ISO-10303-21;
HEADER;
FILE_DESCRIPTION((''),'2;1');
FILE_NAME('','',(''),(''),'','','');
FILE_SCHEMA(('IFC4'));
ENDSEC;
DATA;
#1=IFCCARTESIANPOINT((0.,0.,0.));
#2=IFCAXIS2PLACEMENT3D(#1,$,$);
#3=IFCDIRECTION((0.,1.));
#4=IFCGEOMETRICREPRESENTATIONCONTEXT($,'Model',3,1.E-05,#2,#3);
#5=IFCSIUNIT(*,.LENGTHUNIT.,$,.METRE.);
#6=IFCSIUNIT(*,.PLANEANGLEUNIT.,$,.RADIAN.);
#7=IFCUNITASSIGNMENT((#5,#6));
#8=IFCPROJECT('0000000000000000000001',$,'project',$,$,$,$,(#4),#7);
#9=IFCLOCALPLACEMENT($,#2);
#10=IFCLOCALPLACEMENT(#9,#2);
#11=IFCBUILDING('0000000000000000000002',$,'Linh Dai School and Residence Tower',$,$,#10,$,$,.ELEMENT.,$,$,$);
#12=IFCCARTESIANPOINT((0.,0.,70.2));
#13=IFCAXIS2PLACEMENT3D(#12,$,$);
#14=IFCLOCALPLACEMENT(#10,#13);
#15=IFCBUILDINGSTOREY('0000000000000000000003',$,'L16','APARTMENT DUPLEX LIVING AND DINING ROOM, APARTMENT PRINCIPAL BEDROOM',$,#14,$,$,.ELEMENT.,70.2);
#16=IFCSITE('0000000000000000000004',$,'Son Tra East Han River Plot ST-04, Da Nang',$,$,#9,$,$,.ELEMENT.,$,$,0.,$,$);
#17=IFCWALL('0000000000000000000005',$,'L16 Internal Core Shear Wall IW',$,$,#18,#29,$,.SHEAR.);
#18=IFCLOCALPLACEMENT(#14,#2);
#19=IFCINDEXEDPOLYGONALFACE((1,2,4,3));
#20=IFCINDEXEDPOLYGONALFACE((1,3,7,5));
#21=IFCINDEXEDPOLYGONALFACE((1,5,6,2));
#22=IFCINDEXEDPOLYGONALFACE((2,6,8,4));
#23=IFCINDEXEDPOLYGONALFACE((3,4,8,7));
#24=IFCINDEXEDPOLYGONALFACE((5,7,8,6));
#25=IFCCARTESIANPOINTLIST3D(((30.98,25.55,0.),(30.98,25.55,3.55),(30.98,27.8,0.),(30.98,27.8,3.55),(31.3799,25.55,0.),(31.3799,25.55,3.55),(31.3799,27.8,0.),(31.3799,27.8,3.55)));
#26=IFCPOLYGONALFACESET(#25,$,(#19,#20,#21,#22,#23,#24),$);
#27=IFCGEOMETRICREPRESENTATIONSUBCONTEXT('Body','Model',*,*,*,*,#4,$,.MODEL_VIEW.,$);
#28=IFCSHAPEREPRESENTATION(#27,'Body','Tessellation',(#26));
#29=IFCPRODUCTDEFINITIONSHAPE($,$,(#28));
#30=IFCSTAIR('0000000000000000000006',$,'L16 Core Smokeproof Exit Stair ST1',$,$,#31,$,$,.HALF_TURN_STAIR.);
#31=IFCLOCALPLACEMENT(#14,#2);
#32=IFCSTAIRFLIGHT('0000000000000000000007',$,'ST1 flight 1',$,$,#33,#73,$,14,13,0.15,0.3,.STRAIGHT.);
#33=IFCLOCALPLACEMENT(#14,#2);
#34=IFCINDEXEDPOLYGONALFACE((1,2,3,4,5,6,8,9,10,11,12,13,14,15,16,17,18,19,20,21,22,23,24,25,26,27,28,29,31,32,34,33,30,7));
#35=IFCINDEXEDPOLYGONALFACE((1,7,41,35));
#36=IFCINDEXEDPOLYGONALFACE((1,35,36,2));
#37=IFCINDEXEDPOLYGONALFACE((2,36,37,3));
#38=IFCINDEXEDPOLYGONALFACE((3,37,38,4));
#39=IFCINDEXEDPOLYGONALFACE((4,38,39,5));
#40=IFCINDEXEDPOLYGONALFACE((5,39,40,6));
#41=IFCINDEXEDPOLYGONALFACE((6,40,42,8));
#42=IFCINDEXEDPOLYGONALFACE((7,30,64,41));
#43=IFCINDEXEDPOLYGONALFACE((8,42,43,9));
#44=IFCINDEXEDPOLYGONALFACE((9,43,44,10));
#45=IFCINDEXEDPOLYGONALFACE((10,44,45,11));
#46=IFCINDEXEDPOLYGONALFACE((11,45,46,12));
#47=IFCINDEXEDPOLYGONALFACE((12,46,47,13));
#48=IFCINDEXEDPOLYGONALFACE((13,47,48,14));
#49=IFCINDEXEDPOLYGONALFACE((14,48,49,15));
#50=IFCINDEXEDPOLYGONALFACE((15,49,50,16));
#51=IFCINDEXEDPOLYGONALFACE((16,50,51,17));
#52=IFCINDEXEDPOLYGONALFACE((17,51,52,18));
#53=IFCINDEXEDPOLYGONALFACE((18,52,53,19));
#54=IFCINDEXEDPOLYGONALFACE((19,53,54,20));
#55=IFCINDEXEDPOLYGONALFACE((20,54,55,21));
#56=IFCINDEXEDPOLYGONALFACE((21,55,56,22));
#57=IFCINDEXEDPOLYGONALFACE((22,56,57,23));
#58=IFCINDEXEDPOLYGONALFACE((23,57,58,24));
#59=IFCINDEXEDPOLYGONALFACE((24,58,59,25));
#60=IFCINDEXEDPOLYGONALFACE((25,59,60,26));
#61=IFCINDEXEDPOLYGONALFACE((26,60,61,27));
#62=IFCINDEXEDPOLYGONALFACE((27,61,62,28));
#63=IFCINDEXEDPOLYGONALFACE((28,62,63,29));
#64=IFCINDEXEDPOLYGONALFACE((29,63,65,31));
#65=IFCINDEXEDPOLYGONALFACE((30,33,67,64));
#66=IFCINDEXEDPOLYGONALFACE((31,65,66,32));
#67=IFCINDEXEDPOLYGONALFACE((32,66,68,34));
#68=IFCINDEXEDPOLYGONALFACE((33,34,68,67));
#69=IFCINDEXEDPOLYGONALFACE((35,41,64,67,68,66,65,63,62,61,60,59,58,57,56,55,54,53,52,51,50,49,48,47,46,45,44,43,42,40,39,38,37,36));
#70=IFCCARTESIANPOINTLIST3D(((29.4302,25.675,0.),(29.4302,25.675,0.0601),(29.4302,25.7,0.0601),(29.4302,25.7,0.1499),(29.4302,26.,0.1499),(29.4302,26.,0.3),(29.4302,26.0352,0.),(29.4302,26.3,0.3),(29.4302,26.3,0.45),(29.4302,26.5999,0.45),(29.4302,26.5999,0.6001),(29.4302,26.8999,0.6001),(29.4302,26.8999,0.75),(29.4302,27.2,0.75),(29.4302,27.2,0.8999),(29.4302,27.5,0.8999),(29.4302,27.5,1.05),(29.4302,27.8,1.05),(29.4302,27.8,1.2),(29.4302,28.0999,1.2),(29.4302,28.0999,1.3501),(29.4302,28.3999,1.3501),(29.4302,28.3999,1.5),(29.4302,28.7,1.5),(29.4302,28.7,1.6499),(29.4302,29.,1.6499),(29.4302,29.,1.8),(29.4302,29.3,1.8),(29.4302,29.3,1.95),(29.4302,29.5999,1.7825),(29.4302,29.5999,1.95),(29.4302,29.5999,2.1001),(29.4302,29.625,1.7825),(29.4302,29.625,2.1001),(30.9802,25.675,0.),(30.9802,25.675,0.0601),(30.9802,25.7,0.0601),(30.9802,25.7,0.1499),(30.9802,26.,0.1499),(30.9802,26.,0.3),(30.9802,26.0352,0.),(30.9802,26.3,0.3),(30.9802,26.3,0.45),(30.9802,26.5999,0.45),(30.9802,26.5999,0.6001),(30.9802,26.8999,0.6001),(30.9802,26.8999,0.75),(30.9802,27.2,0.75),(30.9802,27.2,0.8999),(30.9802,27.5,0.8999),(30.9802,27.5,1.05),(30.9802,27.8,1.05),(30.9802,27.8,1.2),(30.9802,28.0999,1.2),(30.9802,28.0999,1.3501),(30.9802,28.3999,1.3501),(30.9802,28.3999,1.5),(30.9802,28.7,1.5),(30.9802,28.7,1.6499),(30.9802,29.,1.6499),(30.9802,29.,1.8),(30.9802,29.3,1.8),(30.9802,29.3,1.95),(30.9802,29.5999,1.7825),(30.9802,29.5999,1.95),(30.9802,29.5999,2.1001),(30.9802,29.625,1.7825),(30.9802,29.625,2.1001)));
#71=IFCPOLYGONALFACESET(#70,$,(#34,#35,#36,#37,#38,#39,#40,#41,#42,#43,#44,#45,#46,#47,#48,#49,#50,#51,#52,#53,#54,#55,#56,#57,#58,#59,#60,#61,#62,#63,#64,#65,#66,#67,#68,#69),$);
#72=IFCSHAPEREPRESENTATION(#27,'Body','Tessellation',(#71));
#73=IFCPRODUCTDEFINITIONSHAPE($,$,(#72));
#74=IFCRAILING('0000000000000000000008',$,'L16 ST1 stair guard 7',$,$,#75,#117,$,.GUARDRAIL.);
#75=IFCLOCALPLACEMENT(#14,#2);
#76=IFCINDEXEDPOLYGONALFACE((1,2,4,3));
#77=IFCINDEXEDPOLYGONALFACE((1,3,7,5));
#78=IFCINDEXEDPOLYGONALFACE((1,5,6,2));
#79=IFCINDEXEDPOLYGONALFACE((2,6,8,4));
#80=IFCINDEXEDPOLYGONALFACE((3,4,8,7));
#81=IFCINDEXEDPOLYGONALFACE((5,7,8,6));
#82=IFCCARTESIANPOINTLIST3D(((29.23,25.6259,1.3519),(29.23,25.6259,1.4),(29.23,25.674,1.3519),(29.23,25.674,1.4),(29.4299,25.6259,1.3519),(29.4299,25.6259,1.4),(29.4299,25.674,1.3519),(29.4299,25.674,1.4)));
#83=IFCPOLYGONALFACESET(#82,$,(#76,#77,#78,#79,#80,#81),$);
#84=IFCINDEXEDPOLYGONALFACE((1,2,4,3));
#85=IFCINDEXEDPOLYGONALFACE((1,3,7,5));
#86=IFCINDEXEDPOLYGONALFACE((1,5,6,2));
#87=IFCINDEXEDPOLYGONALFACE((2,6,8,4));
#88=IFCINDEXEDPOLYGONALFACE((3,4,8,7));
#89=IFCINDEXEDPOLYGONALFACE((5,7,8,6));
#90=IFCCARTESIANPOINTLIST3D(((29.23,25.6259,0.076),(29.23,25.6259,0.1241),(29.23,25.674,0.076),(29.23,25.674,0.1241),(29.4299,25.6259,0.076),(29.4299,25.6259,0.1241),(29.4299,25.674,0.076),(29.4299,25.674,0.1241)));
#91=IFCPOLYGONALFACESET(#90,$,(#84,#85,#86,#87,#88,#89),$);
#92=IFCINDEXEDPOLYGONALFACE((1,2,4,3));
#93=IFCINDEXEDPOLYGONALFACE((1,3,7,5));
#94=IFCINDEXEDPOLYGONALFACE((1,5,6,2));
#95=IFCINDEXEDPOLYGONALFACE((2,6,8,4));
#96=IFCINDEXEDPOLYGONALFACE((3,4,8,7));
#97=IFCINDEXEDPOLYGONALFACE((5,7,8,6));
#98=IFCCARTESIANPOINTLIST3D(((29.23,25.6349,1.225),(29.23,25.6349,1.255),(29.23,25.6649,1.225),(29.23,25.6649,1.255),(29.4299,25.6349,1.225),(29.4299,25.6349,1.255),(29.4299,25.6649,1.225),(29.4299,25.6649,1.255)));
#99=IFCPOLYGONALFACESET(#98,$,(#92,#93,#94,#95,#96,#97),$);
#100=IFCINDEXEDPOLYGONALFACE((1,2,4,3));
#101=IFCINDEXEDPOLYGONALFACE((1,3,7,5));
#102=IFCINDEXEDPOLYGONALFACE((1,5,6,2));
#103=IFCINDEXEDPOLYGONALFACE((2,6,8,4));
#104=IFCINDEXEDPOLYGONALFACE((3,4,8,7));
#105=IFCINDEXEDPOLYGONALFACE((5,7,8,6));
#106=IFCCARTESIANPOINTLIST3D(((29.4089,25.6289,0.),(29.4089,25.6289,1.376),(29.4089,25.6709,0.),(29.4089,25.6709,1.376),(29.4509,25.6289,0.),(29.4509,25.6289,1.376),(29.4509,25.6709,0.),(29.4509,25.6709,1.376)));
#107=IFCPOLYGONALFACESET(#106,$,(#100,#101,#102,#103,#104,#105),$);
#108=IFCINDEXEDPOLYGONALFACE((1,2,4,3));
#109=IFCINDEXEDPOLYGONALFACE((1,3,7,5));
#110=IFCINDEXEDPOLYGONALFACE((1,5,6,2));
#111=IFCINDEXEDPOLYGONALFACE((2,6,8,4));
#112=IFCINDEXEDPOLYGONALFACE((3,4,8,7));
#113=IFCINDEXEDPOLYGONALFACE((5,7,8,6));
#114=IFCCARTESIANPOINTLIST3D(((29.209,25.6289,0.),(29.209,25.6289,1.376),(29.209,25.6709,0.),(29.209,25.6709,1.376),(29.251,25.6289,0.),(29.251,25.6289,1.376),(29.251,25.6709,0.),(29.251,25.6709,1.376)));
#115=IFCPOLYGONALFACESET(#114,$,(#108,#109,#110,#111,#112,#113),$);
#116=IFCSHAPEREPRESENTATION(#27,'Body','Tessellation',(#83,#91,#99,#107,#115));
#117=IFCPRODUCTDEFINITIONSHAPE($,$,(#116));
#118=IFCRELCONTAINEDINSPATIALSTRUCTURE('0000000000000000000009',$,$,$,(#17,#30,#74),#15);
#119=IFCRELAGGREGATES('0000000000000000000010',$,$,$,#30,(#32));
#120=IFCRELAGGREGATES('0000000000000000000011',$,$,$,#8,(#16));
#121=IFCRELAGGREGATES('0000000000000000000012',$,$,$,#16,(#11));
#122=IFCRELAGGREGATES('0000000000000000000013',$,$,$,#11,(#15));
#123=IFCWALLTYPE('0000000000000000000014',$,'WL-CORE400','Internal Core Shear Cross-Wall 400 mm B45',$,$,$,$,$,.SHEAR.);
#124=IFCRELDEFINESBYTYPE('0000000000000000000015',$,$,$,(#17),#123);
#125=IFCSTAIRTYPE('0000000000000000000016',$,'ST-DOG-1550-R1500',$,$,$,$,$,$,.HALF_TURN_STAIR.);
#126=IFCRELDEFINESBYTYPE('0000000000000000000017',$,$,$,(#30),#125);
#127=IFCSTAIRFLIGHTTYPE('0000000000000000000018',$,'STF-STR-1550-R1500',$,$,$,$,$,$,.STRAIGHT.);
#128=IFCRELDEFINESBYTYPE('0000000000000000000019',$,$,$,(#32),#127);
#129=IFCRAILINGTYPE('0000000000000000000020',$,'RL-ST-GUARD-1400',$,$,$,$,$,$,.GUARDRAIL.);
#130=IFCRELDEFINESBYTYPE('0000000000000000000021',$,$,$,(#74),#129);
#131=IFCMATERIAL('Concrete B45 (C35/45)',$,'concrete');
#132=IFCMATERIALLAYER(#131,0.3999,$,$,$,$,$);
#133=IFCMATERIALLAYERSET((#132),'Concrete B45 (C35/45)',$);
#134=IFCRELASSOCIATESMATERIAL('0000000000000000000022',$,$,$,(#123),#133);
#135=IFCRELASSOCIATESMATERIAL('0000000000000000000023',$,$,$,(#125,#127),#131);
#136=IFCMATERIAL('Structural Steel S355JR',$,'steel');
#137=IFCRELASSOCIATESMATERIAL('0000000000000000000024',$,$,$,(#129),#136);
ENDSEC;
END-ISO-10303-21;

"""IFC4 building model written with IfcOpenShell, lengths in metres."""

from ifc_helpers import new_model, si_unit, direction, frame, frame_2d, origin, origin_2d, place, context, subcontext, project, spatial, polyline, rectangle, outline, extrude, source, transform, mapped, material, layer, layer_set, type_object, element, aggregate, save


model = new_model("IFC4")

# Units and contexts
model_context = context("Model", 3, precision=1e-05, world=origin(), true_north=direction((0.0, 1.0)))
body_context = subcontext(model_context, "Body", "Model", "MODEL_VIEW")
ifc_project = project(units=[si_unit("LENGTHUNIT", "METRE"), si_unit("PLANEANGLEUNIT", "RADIAN")], contexts=[model_context])

# Site, building, storey
site_placement = place(None, origin())
site = spatial("IfcSite", under=ifc_project, at=site_placement, Name="Son Tra East Han River Plot ST-04, Da Nang", CompositionType="ELEMENT", RefElevation=0.0)
building_placement = place(site_placement, origin())
building = spatial("IfcBuilding", under=site, at=building_placement, Name="Linh Dai School and Residence Tower", CompositionType="ELEMENT")
storey_placement = place(building_placement, frame((0.0, 0.0, 70.2)))
storey = spatial("IfcBuildingStorey", under=building, at=storey_placement, Name="L16", Description="APARTMENT DUPLEX LIVING AND DINING ROOM, APARTMENT PRINCIPAL BEDROOM", CompositionType="ELEMENT", Elevation=70.2)

# Shared definitions
ifc_material_1 = material(Name="Structural Steel S355JR", Category="steel")

# Shared definitions
ifc_material_2 = material(Name="Concrete B45 (C35/45)", Category="concrete")

# Wall
ifc_layer_1 = layer(ifc_material_2, 0.3999)
ifc_layer_set_1 = layer_set([ifc_layer_1], Name="Concrete B45 (C35/45)")
wall_type_1 = type_object("IfcWallType", Name="WL-CORE400", Description="Internal Core Shear Cross-Wall 400 mm B45", PredefinedType="SHEAR", material=ifc_layer_set_1)
wall_1_placement = place(storey_placement, frame((31.1799, 25.55, 0.0), z_axis=(0.0, 0.0, 1.0), x_axis=(0.0, 1.0, 0.0)))
element("IfcWall", 1, at=wall_1_placement, inside=storey, type_object=wall_type_1, Name="L16 Internal Core Shear Wall IW", PredefinedType="SHEAR", context=body_context, shape_type="SweptSolid", body=[
    extrude(rectangle(XDim=2.25, YDim=0.3999, at=frame_2d((1.125, 0.0))), origin(), (0.0, 0.0, 1.0), 3.55),
])

# Stair, stair flight
stair_type = type_object("IfcStairType", Name="ST-DOG-1550-R1500", PredefinedType="HALF_TURN_STAIR", material=ifc_material_2)
stair_placement = place(storey_placement, origin())
stair = element("IfcStair", 2, at=stair_placement, inside=storey, type_object=stair_type, Name="L16 Core Smokeproof Exit Stair ST1", PredefinedType="HALF_TURN_STAIR")
stair_flight_type = type_object("IfcStairFlightType", Name="STF-STR-1550-R1500", PredefinedType="STRAIGHT", material=ifc_material_2)
shared_shape_1 = source(origin(), body_context, "Body", "SweptSolid", [
    extrude(outline(polyline([(-0.0249, 0.0), (-0.0249, 0.0601), (0.0, 0.0601), (0.0, 0.1499), (0.3, 0.1499), (0.3, 0.3), (0.6001, 0.3), (0.6001, 0.45), (0.8999, 0.45), (0.8999, 0.6001), (1.2, 0.6001), (1.2, 0.75), (1.5, 0.75), (1.5, 0.8999), (1.8, 0.8999), (1.8, 1.05), (2.1001, 1.05), (2.1001, 1.2), (2.3999, 1.2), (2.3999, 1.3501), (2.7, 1.3501), (2.7, 1.5), (3.0, 1.5), (3.0, 1.6499), (3.3, 1.6499), (3.3, 1.8), (3.6001, 1.8), (3.6001, 1.95), (3.8999, 1.95), (3.8999, 2.1001), (3.925, 2.1001), (3.925, 1.7825), (3.8999, 1.7825), (0.3352, 0.0), (-0.0249, 0.0)])), frame((0.0, 0.7749, 0.0), z_axis=(0.0, -1.0, 0.0), x_axis=(1.0, 0.0, 0.0)), (0.0, 0.0, 1.0), 1.55),
])
stair_flight_placement = place(storey_placement, frame((30.2051, 25.7, 0.0), z_axis=(0.0, 0.0, 1.0), x_axis=(0.0, 1.0, 0.0)))
stair_flight = element("IfcStairFlight", 3, at=stair_flight_placement, type_object=stair_flight_type, Name="ST1 flight 1", NumberOfRisers=14, NumberOfTreads=13, PredefinedType="STRAIGHT", RiserHeight=0.15, TreadLength=0.3, context=body_context, shape_type="MappedRepresentation", body=[
    mapped(shared_shape_1, transform((0.0, 0.0, 0.0), x_axis=(1.0, 0.0, 0.0), y_axis=(0.0, 1.0, 0.0), z_axis=(0.0, 0.0, 1.0), scale=1.0)),
])
aggregate(stair, [stair_flight])

# Railing
railing_type_1 = type_object("IfcRailingType", Name="RL-ST-GUARD-1400", PredefinedType="GUARDRAIL", material=ifc_material_1)
shared_shape_2 = source(origin(), body_context, "Body", "SweptSolid", [
    extrude(rectangle(XDim=0.0481, YDim=0.0481, at=origin_2d()), frame((0.0, 0.0, 1.376), z_axis=(-1.0, 0.0, 0.0), x_axis=(0.0, -1.0, 0.0)), (0.0, 0.0, 1.0), 0.2),
    extrude(rectangle(XDim=0.0481, YDim=0.0481, at=origin_2d()), frame((0.0, 0.0, 0.1001), z_axis=(-1.0, 0.0, 0.0), x_axis=(0.0, -1.0, 0.0)), (0.0, 0.0, 1.0), 0.2),
    extrude(rectangle(XDim=0.03, YDim=0.03, at=origin_2d()), frame((0.0, 0.0, 1.24), z_axis=(-1.0, 0.0, 0.0), x_axis=(0.0, -1.0, 0.0)), (0.0, 0.0, 1.0), 0.2),
    extrude(rectangle(XDim=0.042, YDim=0.042, at=origin_2d()), origin(), (0.0, 0.0, 1.0), 1.376),
    extrude(rectangle(XDim=0.042, YDim=0.042, at=origin_2d()), frame((-0.2, 0.0, 0.0)), (0.0, 0.0, 1.0), 1.376),
])
railing_1_placement = place(storey_placement, frame((29.4299, 25.6499, 0.0)))
element("IfcRailing", 4, at=railing_1_placement, inside=storey, type_object=railing_type_1, Name="L16 ST1 stair guard 7", PredefinedType="GUARDRAIL", context=body_context, shape_type="MappedRepresentation", body=[
    mapped(shared_shape_2, transform((0.0, 0.0, 0.0), x_axis=(1.0, 0.0, 0.0), y_axis=(0.0, 1.0, 0.0), z_axis=(0.0, 0.0, 1.0), scale=1.0)),
])

save(model, "model.ifc")
